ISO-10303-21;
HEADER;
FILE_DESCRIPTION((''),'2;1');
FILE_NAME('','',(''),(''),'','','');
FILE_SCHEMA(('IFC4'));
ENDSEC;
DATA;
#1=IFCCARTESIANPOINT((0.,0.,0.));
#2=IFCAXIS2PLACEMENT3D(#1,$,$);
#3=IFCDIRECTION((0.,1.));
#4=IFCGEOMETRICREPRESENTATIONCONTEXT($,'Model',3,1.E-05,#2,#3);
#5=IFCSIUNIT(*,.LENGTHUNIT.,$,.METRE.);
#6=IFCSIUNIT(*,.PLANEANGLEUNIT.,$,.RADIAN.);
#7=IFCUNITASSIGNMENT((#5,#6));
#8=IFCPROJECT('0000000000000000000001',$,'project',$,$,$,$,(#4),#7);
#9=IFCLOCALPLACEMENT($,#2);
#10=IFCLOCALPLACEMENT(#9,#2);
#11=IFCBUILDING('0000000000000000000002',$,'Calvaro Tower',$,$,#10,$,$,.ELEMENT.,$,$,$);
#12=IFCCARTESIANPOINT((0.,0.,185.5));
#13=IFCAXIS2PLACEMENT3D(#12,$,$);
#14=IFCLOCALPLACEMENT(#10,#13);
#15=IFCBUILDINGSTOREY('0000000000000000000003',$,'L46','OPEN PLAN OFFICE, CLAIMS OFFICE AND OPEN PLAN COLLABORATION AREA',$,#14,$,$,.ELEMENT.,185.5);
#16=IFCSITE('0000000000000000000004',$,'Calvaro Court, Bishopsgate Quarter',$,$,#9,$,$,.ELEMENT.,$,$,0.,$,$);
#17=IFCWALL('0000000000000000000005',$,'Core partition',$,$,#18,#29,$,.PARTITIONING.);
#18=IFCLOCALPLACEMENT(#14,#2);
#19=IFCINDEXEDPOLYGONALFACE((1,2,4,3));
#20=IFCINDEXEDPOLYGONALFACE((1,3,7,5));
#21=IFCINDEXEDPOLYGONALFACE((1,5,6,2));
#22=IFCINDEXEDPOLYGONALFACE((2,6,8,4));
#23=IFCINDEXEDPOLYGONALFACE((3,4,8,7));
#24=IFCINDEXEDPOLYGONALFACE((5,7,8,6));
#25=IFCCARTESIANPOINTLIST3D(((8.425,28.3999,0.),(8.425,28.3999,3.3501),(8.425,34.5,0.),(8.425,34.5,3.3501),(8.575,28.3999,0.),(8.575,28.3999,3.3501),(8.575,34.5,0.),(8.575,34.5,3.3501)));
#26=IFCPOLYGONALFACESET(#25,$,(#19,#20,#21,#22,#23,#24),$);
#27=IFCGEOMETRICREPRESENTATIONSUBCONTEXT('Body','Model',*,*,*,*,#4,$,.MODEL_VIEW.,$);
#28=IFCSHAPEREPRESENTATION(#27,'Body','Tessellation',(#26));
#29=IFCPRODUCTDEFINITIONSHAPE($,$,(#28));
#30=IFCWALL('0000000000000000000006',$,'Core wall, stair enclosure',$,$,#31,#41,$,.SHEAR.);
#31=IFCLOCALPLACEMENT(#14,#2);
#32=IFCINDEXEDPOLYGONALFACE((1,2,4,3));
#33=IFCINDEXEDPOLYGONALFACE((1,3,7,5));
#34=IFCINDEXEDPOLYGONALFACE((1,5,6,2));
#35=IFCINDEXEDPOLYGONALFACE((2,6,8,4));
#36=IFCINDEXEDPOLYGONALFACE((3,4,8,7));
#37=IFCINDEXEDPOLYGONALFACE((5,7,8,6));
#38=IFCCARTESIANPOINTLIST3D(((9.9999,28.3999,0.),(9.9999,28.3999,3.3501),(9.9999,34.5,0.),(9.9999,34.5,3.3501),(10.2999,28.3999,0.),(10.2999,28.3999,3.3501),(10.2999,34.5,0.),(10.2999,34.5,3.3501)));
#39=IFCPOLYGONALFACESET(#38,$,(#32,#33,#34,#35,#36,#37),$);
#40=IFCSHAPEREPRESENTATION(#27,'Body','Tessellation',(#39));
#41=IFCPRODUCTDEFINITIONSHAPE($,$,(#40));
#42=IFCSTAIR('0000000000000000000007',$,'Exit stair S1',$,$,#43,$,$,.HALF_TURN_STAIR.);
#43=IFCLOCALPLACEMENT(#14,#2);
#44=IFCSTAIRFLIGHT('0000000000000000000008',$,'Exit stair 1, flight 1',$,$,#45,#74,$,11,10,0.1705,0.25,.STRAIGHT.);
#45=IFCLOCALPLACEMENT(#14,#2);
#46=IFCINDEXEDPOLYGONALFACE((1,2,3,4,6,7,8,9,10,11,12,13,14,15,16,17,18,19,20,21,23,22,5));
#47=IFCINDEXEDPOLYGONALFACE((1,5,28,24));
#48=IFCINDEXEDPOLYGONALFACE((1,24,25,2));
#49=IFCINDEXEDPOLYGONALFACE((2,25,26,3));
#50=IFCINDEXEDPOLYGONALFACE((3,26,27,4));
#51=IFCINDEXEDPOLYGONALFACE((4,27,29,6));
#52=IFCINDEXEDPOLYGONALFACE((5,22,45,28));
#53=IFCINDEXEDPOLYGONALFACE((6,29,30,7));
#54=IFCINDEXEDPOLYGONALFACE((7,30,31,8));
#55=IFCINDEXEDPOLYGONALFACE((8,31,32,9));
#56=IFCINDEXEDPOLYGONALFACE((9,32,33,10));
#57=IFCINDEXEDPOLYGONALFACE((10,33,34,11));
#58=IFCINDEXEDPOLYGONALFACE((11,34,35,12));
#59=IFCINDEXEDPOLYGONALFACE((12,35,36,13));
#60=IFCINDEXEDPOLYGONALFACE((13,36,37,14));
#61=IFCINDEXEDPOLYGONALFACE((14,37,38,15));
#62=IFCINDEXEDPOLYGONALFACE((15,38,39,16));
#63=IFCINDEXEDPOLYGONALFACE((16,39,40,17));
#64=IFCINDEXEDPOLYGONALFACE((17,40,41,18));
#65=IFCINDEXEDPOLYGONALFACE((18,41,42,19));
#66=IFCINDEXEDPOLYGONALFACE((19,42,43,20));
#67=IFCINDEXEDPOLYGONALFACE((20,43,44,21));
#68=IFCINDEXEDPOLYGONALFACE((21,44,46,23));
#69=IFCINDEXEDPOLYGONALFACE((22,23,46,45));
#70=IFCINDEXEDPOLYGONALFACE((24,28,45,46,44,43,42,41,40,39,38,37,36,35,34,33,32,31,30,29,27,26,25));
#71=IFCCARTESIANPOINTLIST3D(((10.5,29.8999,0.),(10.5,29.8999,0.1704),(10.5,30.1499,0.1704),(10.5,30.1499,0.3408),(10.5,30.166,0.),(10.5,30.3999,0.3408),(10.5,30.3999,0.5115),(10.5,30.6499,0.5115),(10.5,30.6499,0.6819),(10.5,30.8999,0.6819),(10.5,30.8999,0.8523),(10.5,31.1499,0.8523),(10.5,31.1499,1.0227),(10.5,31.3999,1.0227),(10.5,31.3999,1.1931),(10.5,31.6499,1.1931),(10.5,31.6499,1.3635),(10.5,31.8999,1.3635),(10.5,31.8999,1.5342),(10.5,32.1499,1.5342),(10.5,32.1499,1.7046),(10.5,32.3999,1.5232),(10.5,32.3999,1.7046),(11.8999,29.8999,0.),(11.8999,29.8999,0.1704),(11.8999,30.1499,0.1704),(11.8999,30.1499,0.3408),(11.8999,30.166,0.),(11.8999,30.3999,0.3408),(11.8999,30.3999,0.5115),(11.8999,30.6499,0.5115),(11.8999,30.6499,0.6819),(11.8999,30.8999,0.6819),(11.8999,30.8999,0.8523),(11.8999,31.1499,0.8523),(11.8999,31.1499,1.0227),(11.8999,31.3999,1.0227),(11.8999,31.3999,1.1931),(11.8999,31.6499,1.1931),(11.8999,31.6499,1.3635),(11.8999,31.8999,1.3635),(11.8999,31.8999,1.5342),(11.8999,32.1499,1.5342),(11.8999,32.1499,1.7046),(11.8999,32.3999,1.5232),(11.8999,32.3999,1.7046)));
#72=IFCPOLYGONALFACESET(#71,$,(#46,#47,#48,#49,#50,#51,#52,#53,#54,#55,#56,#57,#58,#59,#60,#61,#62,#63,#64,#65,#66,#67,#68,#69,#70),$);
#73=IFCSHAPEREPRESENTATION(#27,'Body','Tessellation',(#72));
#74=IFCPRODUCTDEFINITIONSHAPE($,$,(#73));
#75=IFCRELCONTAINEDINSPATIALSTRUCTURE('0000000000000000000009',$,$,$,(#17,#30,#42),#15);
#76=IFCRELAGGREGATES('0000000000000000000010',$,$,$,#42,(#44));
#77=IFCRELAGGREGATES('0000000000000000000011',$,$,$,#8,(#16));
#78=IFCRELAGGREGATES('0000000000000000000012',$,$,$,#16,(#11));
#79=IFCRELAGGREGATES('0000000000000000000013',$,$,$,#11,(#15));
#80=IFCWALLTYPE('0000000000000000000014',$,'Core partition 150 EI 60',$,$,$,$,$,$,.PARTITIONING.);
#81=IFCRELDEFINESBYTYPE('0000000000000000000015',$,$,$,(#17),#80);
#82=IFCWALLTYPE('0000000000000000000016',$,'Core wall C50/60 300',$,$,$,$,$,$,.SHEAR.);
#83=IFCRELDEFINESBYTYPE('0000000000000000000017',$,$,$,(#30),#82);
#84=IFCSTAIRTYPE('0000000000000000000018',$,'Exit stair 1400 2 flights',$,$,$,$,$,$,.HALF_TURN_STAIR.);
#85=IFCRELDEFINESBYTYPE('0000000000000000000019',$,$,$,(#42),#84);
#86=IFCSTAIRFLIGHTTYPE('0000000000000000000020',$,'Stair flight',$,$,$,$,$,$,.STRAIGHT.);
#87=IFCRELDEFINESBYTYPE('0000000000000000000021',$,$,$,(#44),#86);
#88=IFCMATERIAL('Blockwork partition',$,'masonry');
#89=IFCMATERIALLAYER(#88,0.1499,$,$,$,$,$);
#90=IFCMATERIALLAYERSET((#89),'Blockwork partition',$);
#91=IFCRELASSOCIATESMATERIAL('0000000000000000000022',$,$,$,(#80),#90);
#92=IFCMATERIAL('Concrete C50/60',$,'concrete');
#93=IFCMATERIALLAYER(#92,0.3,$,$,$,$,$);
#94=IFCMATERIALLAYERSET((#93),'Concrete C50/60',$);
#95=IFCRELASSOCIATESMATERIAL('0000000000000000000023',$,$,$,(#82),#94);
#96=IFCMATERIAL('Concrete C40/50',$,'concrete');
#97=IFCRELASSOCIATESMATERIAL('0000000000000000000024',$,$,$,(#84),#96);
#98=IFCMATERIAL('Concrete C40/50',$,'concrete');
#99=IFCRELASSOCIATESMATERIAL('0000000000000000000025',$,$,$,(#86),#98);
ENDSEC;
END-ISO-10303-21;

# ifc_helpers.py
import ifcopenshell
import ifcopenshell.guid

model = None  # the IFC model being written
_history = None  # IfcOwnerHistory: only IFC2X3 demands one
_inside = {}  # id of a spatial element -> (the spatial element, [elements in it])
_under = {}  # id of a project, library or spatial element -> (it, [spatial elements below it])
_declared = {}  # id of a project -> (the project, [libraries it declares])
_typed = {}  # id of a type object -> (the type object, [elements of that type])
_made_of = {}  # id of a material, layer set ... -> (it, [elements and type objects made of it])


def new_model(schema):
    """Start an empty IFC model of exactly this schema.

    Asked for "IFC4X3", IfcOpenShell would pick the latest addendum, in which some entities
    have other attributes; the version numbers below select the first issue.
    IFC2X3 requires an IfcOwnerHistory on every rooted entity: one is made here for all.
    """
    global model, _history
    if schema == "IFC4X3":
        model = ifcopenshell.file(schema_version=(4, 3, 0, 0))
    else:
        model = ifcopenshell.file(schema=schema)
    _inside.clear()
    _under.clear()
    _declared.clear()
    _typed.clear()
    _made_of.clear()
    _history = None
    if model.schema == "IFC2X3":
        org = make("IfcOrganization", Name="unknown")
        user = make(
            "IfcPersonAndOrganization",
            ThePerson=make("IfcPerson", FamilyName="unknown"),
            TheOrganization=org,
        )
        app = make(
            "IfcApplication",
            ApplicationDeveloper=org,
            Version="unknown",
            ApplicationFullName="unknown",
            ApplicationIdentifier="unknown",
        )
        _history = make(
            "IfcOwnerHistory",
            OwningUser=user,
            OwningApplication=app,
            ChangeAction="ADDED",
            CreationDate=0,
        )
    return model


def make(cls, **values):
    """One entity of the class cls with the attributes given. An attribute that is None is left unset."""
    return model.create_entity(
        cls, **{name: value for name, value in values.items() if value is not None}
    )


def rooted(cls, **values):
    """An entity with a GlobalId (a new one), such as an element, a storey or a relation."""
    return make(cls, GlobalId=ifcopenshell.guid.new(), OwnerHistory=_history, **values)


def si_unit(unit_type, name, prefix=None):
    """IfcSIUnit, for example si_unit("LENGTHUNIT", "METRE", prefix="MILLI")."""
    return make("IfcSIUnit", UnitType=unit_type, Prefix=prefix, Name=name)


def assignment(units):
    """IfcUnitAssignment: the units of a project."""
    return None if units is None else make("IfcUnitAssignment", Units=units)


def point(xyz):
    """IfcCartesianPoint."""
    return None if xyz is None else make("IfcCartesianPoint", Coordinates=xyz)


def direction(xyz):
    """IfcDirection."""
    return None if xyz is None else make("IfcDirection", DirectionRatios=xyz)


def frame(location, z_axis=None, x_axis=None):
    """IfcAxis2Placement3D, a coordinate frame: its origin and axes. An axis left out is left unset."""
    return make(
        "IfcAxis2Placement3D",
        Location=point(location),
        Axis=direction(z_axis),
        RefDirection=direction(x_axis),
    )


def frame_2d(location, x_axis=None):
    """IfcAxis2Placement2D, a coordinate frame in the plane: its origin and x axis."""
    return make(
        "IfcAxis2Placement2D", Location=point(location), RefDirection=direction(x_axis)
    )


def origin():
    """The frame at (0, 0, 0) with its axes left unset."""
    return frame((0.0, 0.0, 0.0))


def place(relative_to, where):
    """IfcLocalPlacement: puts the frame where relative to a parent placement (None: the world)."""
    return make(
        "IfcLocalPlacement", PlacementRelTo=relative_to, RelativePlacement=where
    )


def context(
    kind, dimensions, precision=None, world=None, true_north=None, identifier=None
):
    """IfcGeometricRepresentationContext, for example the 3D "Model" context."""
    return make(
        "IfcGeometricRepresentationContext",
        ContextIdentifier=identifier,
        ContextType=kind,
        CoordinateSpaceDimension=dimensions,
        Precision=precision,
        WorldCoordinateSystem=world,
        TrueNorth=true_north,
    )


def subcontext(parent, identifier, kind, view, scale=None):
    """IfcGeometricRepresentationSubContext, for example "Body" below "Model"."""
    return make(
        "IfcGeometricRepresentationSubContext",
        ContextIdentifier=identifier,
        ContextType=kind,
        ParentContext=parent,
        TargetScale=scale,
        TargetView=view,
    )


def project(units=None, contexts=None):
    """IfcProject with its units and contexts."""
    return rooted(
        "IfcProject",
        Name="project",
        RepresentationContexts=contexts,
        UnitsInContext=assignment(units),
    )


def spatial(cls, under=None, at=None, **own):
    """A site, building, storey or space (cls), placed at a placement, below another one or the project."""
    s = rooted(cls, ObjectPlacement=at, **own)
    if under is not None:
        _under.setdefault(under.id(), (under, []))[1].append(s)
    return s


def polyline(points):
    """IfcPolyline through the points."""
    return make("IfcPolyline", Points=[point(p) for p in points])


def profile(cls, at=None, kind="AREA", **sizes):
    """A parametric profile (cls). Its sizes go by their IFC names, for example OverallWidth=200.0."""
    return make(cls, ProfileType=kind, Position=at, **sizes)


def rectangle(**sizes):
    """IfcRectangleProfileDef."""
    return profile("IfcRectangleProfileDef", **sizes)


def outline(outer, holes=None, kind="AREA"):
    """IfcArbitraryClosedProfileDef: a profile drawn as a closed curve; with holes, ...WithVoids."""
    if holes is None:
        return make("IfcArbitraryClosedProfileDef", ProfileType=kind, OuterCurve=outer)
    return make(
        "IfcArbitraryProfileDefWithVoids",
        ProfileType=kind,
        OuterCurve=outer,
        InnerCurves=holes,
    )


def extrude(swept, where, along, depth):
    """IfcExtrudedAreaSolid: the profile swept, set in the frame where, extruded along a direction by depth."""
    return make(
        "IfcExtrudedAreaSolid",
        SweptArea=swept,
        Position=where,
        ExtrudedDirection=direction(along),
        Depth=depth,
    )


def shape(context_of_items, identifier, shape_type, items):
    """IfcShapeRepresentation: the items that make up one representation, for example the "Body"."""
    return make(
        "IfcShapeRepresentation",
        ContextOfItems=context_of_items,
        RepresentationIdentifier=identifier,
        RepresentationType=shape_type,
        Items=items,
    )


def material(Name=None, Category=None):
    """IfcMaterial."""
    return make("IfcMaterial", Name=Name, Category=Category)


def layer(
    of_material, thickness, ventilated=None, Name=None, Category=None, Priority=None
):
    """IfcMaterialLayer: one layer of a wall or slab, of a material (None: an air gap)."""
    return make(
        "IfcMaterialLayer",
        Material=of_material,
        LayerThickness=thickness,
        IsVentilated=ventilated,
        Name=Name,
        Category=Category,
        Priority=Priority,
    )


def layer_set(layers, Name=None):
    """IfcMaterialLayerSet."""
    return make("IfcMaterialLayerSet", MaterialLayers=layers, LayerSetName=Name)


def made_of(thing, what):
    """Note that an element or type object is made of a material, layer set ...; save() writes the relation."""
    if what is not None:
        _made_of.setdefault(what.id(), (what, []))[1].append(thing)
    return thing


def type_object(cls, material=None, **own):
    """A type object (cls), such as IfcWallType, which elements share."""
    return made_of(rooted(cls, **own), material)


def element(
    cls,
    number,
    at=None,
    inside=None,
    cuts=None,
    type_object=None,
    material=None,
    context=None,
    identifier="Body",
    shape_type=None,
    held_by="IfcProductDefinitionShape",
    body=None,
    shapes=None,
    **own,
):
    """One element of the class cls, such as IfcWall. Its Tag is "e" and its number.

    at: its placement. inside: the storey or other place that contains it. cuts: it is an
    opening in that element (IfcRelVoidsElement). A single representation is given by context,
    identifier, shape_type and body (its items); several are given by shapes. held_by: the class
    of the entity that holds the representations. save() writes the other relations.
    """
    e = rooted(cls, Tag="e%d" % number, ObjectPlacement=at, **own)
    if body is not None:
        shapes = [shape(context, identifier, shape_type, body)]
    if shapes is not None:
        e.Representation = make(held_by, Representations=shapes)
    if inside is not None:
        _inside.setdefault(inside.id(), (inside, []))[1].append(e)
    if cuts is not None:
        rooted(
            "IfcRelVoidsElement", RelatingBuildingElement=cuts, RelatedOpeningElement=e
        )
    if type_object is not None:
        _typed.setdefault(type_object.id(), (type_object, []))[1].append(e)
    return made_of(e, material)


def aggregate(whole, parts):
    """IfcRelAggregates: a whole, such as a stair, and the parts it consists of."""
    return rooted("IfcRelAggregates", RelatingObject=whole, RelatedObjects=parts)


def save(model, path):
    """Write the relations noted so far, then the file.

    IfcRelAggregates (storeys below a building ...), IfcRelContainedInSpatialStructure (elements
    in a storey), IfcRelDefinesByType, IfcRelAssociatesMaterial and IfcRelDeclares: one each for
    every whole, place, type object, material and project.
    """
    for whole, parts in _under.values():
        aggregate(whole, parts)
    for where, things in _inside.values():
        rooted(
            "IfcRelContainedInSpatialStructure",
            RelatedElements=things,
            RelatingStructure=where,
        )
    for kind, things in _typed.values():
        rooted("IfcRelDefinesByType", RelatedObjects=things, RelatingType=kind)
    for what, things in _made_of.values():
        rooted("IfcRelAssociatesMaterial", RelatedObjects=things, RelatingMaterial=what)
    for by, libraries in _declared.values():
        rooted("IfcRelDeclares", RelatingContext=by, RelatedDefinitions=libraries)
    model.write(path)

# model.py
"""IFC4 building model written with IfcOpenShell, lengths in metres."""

from ifc_helpers import new_model, si_unit, direction, frame, frame_2d, origin, place, context, subcontext, project, spatial, polyline, rectangle, outline, extrude, material, layer, layer_set, type_object, element, aggregate, save


model = new_model("IFC4")

# Units and contexts
model_context = context("Model", 3, precision=1e-05, world=origin(), true_north=direction((0.0, 1.0)))
body_context = subcontext(model_context, "Body", "Model", "MODEL_VIEW")
ifc_project = project(units=[si_unit("LENGTHUNIT", "METRE"), si_unit("PLANEANGLEUNIT", "RADIAN")], contexts=[model_context])

# Site, building, storey
site_placement = place(None, origin())
site = spatial("IfcSite", under=ifc_project, at=site_placement, Name="Calvaro Court, Bishopsgate Quarter", CompositionType="ELEMENT", RefElevation=0.0)
building_placement = place(site_placement, origin())
building = spatial("IfcBuilding", under=site, at=building_placement, Name="Calvaro Tower", CompositionType="ELEMENT")
storey_placement = place(building_placement, frame((0.0, 0.0, 185.5)))
storey = spatial("IfcBuildingStorey", under=building, at=storey_placement, Name="L46", Description="OPEN PLAN OFFICE, CLAIMS OFFICE AND OPEN PLAN COLLABORATION AREA", CompositionType="ELEMENT", Elevation=185.5)

# Walls
ifc_material_1 = material(Name="Blockwork partition", Category="masonry")
ifc_layer_1 = layer(ifc_material_1, 0.1499)
ifc_layer_set_1 = layer_set([ifc_layer_1], Name="Blockwork partition")
wall_type_1 = type_object("IfcWallType", Name="Core partition 150 EI 60", PredefinedType="PARTITIONING", material=ifc_layer_set_1)
wall_1_placement = place(storey_placement, frame((8.5, 28.3999, 0.0), z_axis=(0.0, 0.0, 1.0), x_axis=(0.0, 1.0, 0.0)))
element("IfcWall", 1, at=wall_1_placement, inside=storey, type_object=wall_type_1, Name="Core partition", PredefinedType="PARTITIONING", context=body_context, shape_type="SweptSolid", body=[
    extrude(rectangle(XDim=6.1001, YDim=0.1499, at=frame_2d((3.05, 0.0))), origin(), (0.0, 0.0, 1.0), 3.3501),
])
ifc_material_2 = material(Name="Concrete C50/60", Category="concrete")
ifc_layer_2 = layer(ifc_material_2, 0.3)
ifc_layer_set_2 = layer_set([ifc_layer_2], Name="Concrete C50/60")
wall_type_2 = type_object("IfcWallType", Name="Core wall C50/60 300", PredefinedType="SHEAR", material=ifc_layer_set_2)
wall_2_placement = place(storey_placement, frame((10.1499, 28.3999, 0.0), z_axis=(0.0, 0.0, 1.0), x_axis=(0.0, 1.0, 0.0)))
element("IfcWall", 2, at=wall_2_placement, inside=storey, type_object=wall_type_2, Name="Core wall, stair enclosure", PredefinedType="SHEAR", context=body_context, shape_type="SweptSolid", body=[
    extrude(rectangle(XDim=6.1001, YDim=0.3, at=frame_2d((3.05, 0.0))), origin(), (0.0, 0.0, 1.0), 3.3501),
])

# Stair, stair flight
ifc_material_3 = material(Name="Concrete C40/50", Category="concrete")
stair_type = type_object("IfcStairType", Name="Exit stair 1400 2 flights", PredefinedType="HALF_TURN_STAIR", material=ifc_material_3)
stair_placement = place(storey_placement, origin())
stair = element("IfcStair", 3, at=stair_placement, inside=storey, type_object=stair_type, Name="Exit stair S1", PredefinedType="HALF_TURN_STAIR")
ifc_material_4 = material(Name="Concrete C40/50", Category="concrete")
stair_flight_type = type_object("IfcStairFlightType", Name="Stair flight", PredefinedType="STRAIGHT", material=ifc_material_4)
stair_flight_placement = place(storey_placement, frame((11.2, 29.8999, 0.0), z_axis=(0.0, 0.0, 1.0), x_axis=(0.0, 1.0, 0.0)))
stair_flight = element("IfcStairFlight", 4, at=stair_flight_placement, type_object=stair_flight_type, Name="Exit stair 1, flight 1", NumberOfRisers=11, NumberOfTreads=10, PredefinedType="STRAIGHT", RiserHeight=0.1705, TreadLength=0.25, context=body_context, shape_type="SweptSolid", body=[
    extrude(outline(polyline([(0.0, 0.0), (0.0, 0.1704), (0.25, 0.1704), (0.25, 0.3408), (0.5, 0.3408), (0.5, 0.5115), (0.75, 0.5115), (0.75, 0.6819), (1.0, 0.6819), (1.0, 0.8523), (1.25, 0.8523), (1.25, 1.0227), (1.5, 1.0227), (1.5, 1.1931), (1.75, 1.1931), (1.75, 1.3635), (2.0, 1.3635), (2.0, 1.5342), (2.25, 1.5342), (2.25, 1.7046), (2.5, 1.7046), (2.5, 1.875), (2.5, 1.5232), (0.2661, 0.0), (0.0, 0.0)])), frame((0.0, 0.7, 0.0), z_axis=(0.0, -1.0, 0.0), x_axis=(1.0, 0.0, 0.0)), (0.0, 0.0, 1.0), 1.3999),
])
aggregate(stair, [stair_flight])

save(model, "model.ifc")
